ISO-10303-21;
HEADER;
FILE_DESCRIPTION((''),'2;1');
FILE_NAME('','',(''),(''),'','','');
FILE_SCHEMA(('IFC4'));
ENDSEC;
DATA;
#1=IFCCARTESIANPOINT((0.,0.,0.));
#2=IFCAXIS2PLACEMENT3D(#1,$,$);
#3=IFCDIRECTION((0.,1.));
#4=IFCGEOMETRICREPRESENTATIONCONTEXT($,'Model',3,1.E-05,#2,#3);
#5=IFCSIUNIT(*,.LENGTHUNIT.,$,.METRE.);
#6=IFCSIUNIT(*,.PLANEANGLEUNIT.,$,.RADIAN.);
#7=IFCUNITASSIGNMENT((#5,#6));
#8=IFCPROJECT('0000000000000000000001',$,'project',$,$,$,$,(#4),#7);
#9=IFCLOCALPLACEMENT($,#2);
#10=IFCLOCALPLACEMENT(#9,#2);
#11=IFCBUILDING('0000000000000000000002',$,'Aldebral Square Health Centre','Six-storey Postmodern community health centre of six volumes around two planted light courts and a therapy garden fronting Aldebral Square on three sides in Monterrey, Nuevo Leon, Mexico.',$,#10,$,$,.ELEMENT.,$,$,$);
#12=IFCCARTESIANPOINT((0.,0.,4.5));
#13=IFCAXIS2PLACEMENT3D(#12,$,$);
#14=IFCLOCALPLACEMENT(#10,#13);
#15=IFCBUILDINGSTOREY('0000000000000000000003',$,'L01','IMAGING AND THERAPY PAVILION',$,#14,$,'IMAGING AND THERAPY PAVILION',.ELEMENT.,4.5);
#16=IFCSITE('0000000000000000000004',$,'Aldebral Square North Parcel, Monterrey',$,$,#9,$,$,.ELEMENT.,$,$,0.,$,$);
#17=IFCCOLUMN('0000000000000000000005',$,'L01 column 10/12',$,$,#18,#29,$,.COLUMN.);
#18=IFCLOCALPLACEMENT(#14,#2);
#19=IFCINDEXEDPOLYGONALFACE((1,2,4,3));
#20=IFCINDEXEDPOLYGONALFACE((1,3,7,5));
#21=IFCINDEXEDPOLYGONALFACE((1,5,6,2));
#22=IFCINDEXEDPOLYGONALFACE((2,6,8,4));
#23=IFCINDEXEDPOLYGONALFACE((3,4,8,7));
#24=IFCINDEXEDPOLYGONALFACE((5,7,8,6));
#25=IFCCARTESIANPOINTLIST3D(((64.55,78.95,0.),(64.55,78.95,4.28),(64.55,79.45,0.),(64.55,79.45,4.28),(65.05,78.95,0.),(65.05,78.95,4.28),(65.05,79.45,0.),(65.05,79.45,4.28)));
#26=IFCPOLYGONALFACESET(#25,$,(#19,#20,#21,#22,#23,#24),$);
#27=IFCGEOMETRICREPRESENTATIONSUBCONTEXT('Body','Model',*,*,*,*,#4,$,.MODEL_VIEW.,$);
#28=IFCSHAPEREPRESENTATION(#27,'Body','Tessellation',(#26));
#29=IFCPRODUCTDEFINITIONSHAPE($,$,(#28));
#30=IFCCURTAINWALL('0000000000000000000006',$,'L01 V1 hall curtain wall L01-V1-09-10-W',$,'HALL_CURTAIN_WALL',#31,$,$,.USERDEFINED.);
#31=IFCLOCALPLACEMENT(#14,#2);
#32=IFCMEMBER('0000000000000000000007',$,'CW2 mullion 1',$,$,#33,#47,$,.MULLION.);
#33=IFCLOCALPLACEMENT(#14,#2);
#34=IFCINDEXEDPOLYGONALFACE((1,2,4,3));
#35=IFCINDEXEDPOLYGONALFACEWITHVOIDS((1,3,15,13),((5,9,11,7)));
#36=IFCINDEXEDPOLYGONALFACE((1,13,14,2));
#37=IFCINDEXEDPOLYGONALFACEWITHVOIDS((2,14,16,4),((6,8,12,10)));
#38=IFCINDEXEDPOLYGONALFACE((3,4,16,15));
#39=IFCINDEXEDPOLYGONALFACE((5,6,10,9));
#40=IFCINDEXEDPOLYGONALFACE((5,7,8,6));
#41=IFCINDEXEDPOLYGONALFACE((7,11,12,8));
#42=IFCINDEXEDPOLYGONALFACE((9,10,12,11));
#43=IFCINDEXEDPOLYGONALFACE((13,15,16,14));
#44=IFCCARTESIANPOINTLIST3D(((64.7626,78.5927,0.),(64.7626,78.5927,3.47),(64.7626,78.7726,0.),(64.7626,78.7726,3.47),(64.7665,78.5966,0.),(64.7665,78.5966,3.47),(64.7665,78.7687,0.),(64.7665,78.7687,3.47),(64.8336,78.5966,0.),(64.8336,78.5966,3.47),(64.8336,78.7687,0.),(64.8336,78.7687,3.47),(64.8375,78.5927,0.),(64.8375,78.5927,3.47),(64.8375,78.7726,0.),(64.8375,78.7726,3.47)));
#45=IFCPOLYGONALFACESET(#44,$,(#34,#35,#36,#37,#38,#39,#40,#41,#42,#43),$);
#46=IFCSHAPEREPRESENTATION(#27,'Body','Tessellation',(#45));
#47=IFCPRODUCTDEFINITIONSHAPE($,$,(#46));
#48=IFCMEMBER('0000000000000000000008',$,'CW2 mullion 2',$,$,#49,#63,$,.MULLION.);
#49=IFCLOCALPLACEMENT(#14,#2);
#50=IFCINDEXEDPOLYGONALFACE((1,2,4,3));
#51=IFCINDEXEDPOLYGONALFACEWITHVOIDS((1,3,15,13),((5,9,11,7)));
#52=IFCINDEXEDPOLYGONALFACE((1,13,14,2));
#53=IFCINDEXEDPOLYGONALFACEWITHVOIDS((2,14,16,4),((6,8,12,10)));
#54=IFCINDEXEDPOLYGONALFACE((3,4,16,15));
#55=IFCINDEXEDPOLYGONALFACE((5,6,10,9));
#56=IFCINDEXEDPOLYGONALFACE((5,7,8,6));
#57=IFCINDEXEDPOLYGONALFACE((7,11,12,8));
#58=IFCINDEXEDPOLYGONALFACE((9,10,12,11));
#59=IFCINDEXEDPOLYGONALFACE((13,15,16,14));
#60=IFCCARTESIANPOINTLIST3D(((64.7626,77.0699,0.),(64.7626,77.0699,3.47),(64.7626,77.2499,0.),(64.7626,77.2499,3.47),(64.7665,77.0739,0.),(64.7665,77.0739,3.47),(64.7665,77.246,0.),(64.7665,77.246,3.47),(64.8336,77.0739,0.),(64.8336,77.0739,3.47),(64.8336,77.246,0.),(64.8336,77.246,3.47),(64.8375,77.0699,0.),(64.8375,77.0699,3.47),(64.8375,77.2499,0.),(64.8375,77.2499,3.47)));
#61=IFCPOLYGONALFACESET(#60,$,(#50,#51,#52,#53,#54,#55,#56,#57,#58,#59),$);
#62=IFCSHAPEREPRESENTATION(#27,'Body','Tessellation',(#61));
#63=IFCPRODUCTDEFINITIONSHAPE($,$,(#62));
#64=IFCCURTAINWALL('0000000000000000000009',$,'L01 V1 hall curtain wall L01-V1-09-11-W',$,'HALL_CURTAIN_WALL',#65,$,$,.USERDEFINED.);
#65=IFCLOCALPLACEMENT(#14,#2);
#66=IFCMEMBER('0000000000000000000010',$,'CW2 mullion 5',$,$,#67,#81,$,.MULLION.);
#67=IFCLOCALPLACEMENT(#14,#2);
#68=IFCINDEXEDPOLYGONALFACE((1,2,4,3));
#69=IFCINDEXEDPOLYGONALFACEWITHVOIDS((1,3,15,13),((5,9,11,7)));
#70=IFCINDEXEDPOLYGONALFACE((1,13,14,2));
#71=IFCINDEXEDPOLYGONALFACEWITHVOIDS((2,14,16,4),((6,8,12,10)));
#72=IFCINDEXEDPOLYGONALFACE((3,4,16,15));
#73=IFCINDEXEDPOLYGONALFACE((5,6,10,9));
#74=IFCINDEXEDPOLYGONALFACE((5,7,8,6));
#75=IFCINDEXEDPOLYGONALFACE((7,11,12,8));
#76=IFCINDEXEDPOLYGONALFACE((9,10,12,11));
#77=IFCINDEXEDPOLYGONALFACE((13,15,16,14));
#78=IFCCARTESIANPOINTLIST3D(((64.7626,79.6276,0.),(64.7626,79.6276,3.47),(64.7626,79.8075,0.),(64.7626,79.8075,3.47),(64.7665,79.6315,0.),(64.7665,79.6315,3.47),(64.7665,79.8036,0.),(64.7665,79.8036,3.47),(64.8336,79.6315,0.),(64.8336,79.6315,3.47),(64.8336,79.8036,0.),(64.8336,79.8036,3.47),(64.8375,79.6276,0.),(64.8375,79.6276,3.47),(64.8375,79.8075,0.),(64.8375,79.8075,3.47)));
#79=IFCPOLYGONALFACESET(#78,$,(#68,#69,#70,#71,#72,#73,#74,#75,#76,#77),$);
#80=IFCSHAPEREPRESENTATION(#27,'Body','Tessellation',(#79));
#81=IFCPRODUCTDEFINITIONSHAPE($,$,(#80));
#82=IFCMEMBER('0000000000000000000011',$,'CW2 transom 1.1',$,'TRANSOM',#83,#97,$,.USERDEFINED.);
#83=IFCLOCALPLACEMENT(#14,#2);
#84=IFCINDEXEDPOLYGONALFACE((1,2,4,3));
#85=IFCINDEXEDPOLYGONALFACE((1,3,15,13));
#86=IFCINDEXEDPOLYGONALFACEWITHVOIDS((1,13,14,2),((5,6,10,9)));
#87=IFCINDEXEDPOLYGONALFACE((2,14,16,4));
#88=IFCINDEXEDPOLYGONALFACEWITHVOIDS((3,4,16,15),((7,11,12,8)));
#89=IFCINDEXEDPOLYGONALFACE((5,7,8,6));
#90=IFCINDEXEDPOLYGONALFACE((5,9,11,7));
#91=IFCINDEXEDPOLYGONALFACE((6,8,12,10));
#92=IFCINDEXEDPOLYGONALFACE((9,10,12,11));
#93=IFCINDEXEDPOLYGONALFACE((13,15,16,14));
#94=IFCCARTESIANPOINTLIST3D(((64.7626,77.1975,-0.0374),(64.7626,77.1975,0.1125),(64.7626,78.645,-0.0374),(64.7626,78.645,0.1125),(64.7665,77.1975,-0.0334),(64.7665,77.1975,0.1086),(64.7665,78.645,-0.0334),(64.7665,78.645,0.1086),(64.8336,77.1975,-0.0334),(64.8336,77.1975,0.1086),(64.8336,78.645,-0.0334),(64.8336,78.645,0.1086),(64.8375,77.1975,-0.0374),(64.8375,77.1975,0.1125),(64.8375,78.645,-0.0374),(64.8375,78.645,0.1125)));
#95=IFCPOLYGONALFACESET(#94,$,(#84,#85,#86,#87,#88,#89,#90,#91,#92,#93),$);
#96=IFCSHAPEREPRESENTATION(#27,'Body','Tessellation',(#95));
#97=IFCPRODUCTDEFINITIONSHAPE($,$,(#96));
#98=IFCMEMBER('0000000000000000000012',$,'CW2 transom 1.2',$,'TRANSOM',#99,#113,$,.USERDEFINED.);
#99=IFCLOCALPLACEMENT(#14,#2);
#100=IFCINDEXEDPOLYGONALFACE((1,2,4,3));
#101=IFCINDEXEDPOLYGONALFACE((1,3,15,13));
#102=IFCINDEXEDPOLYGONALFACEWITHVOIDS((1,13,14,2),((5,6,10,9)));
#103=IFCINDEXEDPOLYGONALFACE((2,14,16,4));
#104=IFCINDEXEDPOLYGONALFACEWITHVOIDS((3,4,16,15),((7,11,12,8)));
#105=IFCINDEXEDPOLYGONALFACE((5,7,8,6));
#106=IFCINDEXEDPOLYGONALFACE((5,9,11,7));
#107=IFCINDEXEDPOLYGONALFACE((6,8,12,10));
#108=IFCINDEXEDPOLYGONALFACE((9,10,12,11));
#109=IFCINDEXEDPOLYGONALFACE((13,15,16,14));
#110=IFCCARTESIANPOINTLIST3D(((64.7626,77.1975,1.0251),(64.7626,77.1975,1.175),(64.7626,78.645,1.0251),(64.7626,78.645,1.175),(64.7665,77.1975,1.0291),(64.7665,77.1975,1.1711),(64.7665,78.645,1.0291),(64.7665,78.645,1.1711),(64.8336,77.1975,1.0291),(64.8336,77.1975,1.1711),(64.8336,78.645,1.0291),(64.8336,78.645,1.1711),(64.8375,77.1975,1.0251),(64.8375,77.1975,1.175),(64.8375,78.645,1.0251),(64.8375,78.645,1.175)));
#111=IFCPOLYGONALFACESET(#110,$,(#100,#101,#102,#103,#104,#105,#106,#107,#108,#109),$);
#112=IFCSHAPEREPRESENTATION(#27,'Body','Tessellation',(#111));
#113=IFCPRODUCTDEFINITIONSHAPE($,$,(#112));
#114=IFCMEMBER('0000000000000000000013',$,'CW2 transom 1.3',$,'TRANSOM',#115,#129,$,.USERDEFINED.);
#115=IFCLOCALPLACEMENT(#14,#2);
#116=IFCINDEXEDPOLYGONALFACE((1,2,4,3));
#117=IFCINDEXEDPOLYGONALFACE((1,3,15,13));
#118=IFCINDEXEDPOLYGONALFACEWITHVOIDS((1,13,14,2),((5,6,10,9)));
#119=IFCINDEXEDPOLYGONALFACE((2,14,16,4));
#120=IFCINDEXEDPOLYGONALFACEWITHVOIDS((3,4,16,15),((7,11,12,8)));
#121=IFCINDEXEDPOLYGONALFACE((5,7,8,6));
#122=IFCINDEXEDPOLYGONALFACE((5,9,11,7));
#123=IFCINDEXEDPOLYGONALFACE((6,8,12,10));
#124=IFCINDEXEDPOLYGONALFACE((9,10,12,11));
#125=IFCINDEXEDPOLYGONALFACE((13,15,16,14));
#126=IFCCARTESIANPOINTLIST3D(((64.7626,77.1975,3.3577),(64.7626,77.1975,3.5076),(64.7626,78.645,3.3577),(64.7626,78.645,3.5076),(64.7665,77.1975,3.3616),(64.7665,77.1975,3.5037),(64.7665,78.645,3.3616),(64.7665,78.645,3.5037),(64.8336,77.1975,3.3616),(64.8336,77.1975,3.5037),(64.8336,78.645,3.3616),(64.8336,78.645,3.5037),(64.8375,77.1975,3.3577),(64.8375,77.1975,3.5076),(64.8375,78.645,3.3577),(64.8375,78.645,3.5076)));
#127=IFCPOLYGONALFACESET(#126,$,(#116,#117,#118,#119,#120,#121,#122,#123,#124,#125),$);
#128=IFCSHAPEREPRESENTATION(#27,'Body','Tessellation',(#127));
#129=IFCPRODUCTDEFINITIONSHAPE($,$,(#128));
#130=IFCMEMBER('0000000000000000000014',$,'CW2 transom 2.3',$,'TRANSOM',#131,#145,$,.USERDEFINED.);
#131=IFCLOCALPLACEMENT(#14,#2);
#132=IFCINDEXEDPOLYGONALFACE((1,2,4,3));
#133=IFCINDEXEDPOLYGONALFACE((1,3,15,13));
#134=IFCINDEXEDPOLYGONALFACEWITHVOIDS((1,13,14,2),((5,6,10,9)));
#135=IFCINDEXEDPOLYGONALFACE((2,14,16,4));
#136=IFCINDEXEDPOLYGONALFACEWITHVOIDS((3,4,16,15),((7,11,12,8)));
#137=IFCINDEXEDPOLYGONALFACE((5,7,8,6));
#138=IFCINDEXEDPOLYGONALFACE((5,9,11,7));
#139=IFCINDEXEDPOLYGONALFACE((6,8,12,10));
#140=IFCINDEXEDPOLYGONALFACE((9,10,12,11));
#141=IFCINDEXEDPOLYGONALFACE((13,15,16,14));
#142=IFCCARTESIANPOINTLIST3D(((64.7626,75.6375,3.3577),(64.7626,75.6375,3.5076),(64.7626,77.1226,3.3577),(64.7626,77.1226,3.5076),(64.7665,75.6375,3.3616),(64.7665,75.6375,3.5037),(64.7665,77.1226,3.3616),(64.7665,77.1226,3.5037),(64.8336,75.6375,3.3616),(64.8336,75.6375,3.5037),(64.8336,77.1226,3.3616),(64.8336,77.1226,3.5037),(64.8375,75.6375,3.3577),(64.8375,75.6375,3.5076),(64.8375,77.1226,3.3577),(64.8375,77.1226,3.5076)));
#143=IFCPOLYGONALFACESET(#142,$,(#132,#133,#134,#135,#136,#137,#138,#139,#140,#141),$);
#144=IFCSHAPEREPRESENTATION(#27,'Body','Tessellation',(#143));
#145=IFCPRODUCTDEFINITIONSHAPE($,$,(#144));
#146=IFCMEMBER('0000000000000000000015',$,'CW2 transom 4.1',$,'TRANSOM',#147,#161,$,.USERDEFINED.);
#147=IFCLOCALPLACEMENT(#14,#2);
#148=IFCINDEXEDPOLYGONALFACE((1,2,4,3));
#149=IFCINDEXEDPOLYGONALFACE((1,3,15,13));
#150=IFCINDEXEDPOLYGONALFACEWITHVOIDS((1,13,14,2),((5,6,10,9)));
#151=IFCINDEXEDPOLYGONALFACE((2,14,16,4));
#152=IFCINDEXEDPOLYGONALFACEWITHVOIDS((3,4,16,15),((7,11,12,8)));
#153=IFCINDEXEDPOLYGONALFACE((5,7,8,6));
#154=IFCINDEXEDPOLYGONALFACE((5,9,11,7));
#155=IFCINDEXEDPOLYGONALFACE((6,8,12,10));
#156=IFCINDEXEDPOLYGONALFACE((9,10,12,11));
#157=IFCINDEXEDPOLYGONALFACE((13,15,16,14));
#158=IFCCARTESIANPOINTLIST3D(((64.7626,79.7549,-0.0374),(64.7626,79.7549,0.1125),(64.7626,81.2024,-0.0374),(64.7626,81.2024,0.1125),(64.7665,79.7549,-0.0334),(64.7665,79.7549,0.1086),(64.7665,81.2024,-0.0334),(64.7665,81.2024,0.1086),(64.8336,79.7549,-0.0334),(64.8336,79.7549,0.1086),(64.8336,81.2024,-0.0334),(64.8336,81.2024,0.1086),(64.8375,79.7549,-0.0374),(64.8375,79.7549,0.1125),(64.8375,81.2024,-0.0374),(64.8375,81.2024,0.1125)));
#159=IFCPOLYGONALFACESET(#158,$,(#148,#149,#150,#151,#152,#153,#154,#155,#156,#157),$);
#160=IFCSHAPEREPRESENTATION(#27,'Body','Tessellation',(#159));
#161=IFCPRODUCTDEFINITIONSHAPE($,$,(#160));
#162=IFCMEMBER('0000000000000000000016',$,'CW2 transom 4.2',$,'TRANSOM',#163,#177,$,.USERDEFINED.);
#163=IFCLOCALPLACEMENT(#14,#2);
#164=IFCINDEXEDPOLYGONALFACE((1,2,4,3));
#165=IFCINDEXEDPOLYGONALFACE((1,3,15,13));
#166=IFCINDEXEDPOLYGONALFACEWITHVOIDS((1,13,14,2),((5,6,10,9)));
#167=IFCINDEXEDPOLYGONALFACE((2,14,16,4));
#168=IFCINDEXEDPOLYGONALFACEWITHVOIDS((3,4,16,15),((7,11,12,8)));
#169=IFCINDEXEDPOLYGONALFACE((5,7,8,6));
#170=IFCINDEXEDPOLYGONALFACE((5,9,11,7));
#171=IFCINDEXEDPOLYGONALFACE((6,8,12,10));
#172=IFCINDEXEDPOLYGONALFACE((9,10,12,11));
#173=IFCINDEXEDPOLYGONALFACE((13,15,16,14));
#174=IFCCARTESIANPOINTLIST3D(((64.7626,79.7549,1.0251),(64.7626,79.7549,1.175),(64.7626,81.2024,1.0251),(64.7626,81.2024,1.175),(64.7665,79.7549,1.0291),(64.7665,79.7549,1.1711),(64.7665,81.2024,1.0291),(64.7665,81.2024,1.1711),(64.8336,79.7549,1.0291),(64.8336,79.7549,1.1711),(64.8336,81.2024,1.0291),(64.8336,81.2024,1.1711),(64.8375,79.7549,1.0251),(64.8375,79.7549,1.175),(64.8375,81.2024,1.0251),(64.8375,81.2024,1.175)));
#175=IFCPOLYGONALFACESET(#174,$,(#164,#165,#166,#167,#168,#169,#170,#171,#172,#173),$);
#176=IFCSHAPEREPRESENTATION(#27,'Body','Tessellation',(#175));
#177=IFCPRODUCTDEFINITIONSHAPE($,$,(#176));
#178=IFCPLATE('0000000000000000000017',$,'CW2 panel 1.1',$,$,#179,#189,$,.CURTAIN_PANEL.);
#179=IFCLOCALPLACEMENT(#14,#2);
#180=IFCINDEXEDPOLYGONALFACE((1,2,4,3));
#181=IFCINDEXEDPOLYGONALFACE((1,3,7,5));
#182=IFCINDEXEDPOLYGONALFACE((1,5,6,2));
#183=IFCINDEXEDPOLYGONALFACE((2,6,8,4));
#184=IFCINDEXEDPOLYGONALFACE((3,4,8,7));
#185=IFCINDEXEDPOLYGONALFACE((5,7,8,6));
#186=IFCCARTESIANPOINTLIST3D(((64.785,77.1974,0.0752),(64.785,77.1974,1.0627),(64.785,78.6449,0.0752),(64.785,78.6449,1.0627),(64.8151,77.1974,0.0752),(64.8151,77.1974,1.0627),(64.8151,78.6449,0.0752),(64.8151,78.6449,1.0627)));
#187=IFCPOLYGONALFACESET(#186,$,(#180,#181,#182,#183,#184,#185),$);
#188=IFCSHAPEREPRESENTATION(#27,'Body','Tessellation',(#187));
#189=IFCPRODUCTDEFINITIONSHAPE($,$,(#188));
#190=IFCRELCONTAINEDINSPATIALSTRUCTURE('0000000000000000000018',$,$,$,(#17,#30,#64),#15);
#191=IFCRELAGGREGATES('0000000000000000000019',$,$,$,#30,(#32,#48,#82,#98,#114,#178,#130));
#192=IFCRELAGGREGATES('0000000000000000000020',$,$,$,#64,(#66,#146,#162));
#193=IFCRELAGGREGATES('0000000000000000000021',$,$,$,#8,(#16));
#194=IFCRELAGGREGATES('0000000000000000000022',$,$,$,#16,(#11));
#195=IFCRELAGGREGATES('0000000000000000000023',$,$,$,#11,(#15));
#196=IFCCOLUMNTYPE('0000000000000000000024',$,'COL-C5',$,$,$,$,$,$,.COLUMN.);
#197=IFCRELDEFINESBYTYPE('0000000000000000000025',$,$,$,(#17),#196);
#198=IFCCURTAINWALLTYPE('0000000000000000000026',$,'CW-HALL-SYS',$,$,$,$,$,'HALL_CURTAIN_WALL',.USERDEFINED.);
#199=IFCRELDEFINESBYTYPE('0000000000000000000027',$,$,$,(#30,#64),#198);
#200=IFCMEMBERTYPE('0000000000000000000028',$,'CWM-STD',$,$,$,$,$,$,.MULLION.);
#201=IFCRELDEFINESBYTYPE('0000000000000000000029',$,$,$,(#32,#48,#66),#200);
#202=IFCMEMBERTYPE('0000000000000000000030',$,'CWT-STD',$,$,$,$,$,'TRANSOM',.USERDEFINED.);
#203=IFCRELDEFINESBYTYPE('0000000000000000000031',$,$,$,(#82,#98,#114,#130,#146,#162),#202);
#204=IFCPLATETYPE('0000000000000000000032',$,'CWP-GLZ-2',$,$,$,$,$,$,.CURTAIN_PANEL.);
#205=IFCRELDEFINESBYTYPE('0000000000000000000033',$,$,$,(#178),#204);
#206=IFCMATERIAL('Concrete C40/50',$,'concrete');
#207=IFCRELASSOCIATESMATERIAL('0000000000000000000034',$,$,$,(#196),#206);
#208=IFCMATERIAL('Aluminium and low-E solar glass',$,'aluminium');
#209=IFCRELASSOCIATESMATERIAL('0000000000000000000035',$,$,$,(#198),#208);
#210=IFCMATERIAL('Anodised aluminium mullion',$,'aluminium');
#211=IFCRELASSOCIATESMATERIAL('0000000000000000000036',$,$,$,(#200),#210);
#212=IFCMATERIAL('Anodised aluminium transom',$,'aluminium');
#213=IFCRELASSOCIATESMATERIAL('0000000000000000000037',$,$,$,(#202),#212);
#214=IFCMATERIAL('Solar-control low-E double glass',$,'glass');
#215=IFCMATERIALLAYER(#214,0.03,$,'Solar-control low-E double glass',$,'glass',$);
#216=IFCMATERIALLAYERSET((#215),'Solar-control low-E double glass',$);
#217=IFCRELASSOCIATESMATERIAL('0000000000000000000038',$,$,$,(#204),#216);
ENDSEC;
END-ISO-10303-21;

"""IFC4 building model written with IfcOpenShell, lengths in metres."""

from ifc_helpers import new_model, si_unit, direction, frame, origin, origin_2d, place, context, subcontext, project, spatial, rectangle, hollow_rectangle, extrude, material, layer, layer_set, material_profile, profile_set, type_object, element, aggregate, save


model = new_model("IFC4")

# Units and contexts
model_context = context("Model", 3, precision=1e-05, world=origin(), true_north=direction((0.0, 1.0)))
body_context = subcontext(model_context, "Body", "Model", "MODEL_VIEW")
ifc_project = project(units=[si_unit("LENGTHUNIT", "METRE"), si_unit("PLANEANGLEUNIT", "RADIAN")], contexts=[model_context])

# Site, building, storey
site_placement = place(None, origin())
site = spatial("IfcSite", under=ifc_project, at=site_placement, Name="Aldebral Square North Parcel, Monterrey", CompositionType="ELEMENT", RefElevation=0.0)
building_placement = place(site_placement, origin())
building = spatial("IfcBuilding", under=site, at=building_placement, Name="Aldebral Square Health Centre", Description="Six-storey Postmodern community health centre of six volumes around two planted light courts and a therapy garden fronting Aldebral Square on three sides in Monterrey, Nuevo Leon, Mexico.", CompositionType="ELEMENT")
storey_placement = place(building_placement, frame((0.0, 0.0, 4.5)))
storey = spatial("IfcBuildingStorey", under=building, at=storey_placement, Name="L01", Description="IMAGING AND THERAPY PAVILION", LongName="IMAGING AND THERAPY PAVILION", CompositionType="ELEMENT", Elevation=4.5)

# Column
ifc_material_1 = material(Name="Concrete C40/50", Category="concrete")
ifc_material_profile_1 = material_profile(ifc_material_1, rectangle(XDim=0.5, YDim=0.5, at=origin_2d()), Name="RC 500x500")
ifc_profile_set_1 = profile_set([ifc_material_profile_1], Name="Concrete C40/50")
column_type = type_object("IfcColumnType", Name="COL-C5", PredefinedType="COLUMN", material=ifc_profile_set_1)
column_placement = place(storey_placement, frame((64.8, 79.2, 0.0), z_axis=(0.0, 0.0, 1.0), x_axis=(1.0, 0.0, 0.0)))
element("IfcColumn", 1, at=column_placement, inside=storey, type_object=column_type, Name="L01 column 10/12", PredefinedType="COLUMN", context=body_context, shape_type="SweptSolid", body=[
    extrude(rectangle(XDim=0.5, YDim=0.5, at=origin_2d()), origin(), (0.0, 0.0, 1.0), 4.28),
])

# Curtain wall, members
ifc_material_2 = material(Name="Aluminium and low-E solar glass", Category="aluminium")
curtain_wall_type = type_object("IfcCurtainWallType", Name="CW-HALL-SYS", ElementType="HALL_CURTAIN_WALL", PredefinedType="USERDEFINED", material=ifc_material_2)
curtain_wall_1_placement = place(storey_placement, origin())
curtain_wall_1 = element("IfcCurtainWall", 2, at=curtain_wall_1_placement, inside=storey, type_object=curtain_wall_type, Name="L01 V1 hall curtain wall L01-V1-09-10-W", ObjectType="HALL_CURTAIN_WALL", PredefinedType="USERDEFINED")
ifc_material_3 = material(Name="Anodised aluminium mullion", Category="aluminium")
ifc_material_profile_2 = material_profile(ifc_material_3, hollow_rectangle(XDim=0.075, YDim=0.1799, WallThickness=0.0039, at=origin_2d()), Name="CWM 75x180x4")
ifc_profile_set_2 = profile_set([ifc_material_profile_2], Name="Anodised aluminium mullion")
member_type_1 = type_object("IfcMemberType", Name="CWM-STD", PredefinedType="MULLION", material=ifc_profile_set_2)
member_1_placement = place(storey_placement, frame((64.8, 78.6826, 0.0), z_axis=(0.0, 0.0, 1.0), x_axis=(1.0, 0.0, 0.0)))
member_1 = element("IfcMember", 3, at=member_1_placement, type_object=member_type_1, Name="CW2 mullion 1", PredefinedType="MULLION", context=body_context, shape_type="SweptSolid", body=[
    extrude(hollow_rectangle(XDim=0.075, YDim=0.1799, WallThickness=0.0039, at=origin_2d()), origin(), (0.0, 0.0, 1.0), 3.47),
])
member_2_placement = place(storey_placement, frame((64.8, 77.1599, 0.0), z_axis=(0.0, 0.0, 1.0), x_axis=(1.0, 0.0, 0.0)))
member_2 = element("IfcMember", 4, at=member_2_placement, type_object=member_type_1, Name="CW2 mullion 2", PredefinedType="MULLION", context=body_context, shape_type="SweptSolid", body=[
    extrude(hollow_rectangle(XDim=0.075, YDim=0.1799, WallThickness=0.0039, at=origin_2d()), origin(), (0.0, 0.0, 1.0), 3.47),
])

# Curtain wall, member
curtain_wall_2_placement = place(storey_placement, origin())
curtain_wall_2 = element("IfcCurtainWall", 5, at=curtain_wall_2_placement, inside=storey, type_object=curtain_wall_type, Name="L01 V1 hall curtain wall L01-V1-09-11-W", ObjectType="HALL_CURTAIN_WALL", PredefinedType="USERDEFINED")
member_3_placement = place(storey_placement, frame((64.8, 79.7175, 0.0), z_axis=(0.0, 0.0, 1.0), x_axis=(1.0, 0.0, 0.0)))
member_3 = element("IfcMember", 6, at=member_3_placement, type_object=member_type_1, Name="CW2 mullion 5", PredefinedType="MULLION", context=body_context, shape_type="SweptSolid", body=[
    extrude(hollow_rectangle(XDim=0.075, YDim=0.1799, WallThickness=0.0039, at=origin_2d()), origin(), (0.0, 0.0, 1.0), 3.47),
])

# Members
ifc_material_4 = material(Name="Anodised aluminium transom", Category="aluminium")
ifc_material_profile_3 = material_profile(ifc_material_4, hollow_rectangle(XDim=0.075, YDim=0.1499, WallThickness=0.0039, at=origin_2d()), Name="CWT 75x150x4")
ifc_profile_set_3 = profile_set([ifc_material_profile_3], Name="Anodised aluminium transom")
member_type_2 = type_object("IfcMemberType", Name="CWT-STD", ElementType="TRANSOM", PredefinedType="USERDEFINED", material=ifc_profile_set_3)
member_4_placement = place(storey_placement, frame((64.8, 78.645, 0.0376), z_axis=(0.0, -1.0, 0.0), x_axis=(1.0, 0.0, 0.0)))
member_4 = element("IfcMember", 7, at=member_4_placement, type_object=member_type_2, Name="CW2 transom 1.1", ObjectType="TRANSOM", PredefinedType="USERDEFINED", context=body_context, shape_type="SweptSolid", body=[
    extrude(hollow_rectangle(XDim=0.075, YDim=0.1499, WallThickness=0.0039, at=origin_2d()), origin(), (0.0, 0.0, 1.0), 1.4475),
])
member_5_placement = place(storey_placement, frame((64.8, 78.645, 1.1001), z_axis=(0.0, -1.0, 0.0), x_axis=(1.0, 0.0, 0.0)))
member_5 = element("IfcMember", 8, at=member_5_placement, type_object=member_type_2, Name="CW2 transom 1.2", ObjectType="TRANSOM", PredefinedType="USERDEFINED", context=body_context, shape_type="SweptSolid", body=[
    extrude(hollow_rectangle(XDim=0.075, YDim=0.1499, WallThickness=0.0039, at=origin_2d()), origin(), (0.0, 0.0, 1.0), 1.4475),
])
member_6_placement = place(storey_placement, frame((64.8, 78.645, 3.4326), z_axis=(0.0, -1.0, 0.0), x_axis=(1.0, 0.0, 0.0)))
member_6 = element("IfcMember", 9, at=member_6_placement, type_object=member_type_2, Name="CW2 transom 1.3", ObjectType="TRANSOM", PredefinedType="USERDEFINED", context=body_context, shape_type="SweptSolid", body=[
    extrude(hollow_rectangle(XDim=0.075, YDim=0.1499, WallThickness=0.0039, at=origin_2d()), origin(), (0.0, 0.0, 1.0), 1.4475),
])
member_7_placement = place(storey_placement, frame((64.8, 77.1226, 3.4326), z_axis=(0.0, -1.0, 0.0), x_axis=(1.0, 0.0, 0.0)))
member_7 = element("IfcMember", 10, at=member_7_placement, type_object=member_type_2, Name="CW2 transom 2.3", ObjectType="TRANSOM", PredefinedType="USERDEFINED", context=body_context, shape_type="SweptSolid", body=[
    extrude(hollow_rectangle(XDim=0.075, YDim=0.1499, WallThickness=0.0039, at=origin_2d()), origin(), (0.0, 0.0, 1.0), 1.4851),
])
member_8_placement = place(storey_placement, frame((64.8, 81.2024, 0.0376), z_axis=(0.0, -1.0, 0.0), x_axis=(1.0, 0.0, 0.0)))
member_8 = element("IfcMember", 11, at=member_8_placement, type_object=member_type_2, Name="CW2 transom 4.1", ObjectType="TRANSOM", PredefinedType="USERDEFINED", context=body_context, shape_type="SweptSolid", body=[
    extrude(hollow_rectangle(XDim=0.075, YDim=0.1499, WallThickness=0.0039, at=origin_2d()), origin(), (0.0, 0.0, 1.0), 1.4475),
])
member_9_placement = place(storey_placement, frame((64.8, 81.2024, 1.1001), z_axis=(0.0, -1.0, 0.0), x_axis=(1.0, 0.0, 0.0)))
member_9 = element("IfcMember", 12, at=member_9_placement, type_object=member_type_2, Name="CW2 transom 4.2", ObjectType="TRANSOM", PredefinedType="USERDEFINED", context=body_context, shape_type="SweptSolid", body=[
    extrude(hollow_rectangle(XDim=0.075, YDim=0.1499, WallThickness=0.0039, at=origin_2d()), origin(), (0.0, 0.0, 1.0), 1.4475),
])

# Plate
ifc_material_5 = material(Name="Solar-control low-E double glass", Category="glass")
ifc_layer_1 = layer(ifc_material_5, 0.03, Name="Solar-control low-E double glass", Category="glass")
ifc_layer_set_1 = layer_set([ifc_layer_1], Name="Solar-control low-E double glass")
plate_type = type_object("IfcPlateType", Name="CWP-GLZ-2", PredefinedType="CURTAIN_PANEL", material=ifc_layer_set_1)
plate_1_placement = place(storey_placement, frame((64.8, 77.9211, 0.0752), z_axis=(0.0, 0.0, 1.0), x_axis=(0.0, -1.0, 0.0)))
plate_1 = element("IfcPlate", 13, at=plate_1_placement, type_object=plate_type, Name="CW2 panel 1.1", PredefinedType="CURTAIN_PANEL", context=body_context, shape_type="SweptSolid", body=[
    extrude(rectangle(XDim=1.4475, YDim=0.03, at=origin_2d()), origin(), (0.0, 0.0, 1.0), 0.9875),
])
aggregate(curtain_wall_1, [member_1, member_2, member_4, member_5, member_6, plate_1, member_7])
aggregate(curtain_wall_2, [member_3, member_8, member_9])

save(model, "model.ifc")
